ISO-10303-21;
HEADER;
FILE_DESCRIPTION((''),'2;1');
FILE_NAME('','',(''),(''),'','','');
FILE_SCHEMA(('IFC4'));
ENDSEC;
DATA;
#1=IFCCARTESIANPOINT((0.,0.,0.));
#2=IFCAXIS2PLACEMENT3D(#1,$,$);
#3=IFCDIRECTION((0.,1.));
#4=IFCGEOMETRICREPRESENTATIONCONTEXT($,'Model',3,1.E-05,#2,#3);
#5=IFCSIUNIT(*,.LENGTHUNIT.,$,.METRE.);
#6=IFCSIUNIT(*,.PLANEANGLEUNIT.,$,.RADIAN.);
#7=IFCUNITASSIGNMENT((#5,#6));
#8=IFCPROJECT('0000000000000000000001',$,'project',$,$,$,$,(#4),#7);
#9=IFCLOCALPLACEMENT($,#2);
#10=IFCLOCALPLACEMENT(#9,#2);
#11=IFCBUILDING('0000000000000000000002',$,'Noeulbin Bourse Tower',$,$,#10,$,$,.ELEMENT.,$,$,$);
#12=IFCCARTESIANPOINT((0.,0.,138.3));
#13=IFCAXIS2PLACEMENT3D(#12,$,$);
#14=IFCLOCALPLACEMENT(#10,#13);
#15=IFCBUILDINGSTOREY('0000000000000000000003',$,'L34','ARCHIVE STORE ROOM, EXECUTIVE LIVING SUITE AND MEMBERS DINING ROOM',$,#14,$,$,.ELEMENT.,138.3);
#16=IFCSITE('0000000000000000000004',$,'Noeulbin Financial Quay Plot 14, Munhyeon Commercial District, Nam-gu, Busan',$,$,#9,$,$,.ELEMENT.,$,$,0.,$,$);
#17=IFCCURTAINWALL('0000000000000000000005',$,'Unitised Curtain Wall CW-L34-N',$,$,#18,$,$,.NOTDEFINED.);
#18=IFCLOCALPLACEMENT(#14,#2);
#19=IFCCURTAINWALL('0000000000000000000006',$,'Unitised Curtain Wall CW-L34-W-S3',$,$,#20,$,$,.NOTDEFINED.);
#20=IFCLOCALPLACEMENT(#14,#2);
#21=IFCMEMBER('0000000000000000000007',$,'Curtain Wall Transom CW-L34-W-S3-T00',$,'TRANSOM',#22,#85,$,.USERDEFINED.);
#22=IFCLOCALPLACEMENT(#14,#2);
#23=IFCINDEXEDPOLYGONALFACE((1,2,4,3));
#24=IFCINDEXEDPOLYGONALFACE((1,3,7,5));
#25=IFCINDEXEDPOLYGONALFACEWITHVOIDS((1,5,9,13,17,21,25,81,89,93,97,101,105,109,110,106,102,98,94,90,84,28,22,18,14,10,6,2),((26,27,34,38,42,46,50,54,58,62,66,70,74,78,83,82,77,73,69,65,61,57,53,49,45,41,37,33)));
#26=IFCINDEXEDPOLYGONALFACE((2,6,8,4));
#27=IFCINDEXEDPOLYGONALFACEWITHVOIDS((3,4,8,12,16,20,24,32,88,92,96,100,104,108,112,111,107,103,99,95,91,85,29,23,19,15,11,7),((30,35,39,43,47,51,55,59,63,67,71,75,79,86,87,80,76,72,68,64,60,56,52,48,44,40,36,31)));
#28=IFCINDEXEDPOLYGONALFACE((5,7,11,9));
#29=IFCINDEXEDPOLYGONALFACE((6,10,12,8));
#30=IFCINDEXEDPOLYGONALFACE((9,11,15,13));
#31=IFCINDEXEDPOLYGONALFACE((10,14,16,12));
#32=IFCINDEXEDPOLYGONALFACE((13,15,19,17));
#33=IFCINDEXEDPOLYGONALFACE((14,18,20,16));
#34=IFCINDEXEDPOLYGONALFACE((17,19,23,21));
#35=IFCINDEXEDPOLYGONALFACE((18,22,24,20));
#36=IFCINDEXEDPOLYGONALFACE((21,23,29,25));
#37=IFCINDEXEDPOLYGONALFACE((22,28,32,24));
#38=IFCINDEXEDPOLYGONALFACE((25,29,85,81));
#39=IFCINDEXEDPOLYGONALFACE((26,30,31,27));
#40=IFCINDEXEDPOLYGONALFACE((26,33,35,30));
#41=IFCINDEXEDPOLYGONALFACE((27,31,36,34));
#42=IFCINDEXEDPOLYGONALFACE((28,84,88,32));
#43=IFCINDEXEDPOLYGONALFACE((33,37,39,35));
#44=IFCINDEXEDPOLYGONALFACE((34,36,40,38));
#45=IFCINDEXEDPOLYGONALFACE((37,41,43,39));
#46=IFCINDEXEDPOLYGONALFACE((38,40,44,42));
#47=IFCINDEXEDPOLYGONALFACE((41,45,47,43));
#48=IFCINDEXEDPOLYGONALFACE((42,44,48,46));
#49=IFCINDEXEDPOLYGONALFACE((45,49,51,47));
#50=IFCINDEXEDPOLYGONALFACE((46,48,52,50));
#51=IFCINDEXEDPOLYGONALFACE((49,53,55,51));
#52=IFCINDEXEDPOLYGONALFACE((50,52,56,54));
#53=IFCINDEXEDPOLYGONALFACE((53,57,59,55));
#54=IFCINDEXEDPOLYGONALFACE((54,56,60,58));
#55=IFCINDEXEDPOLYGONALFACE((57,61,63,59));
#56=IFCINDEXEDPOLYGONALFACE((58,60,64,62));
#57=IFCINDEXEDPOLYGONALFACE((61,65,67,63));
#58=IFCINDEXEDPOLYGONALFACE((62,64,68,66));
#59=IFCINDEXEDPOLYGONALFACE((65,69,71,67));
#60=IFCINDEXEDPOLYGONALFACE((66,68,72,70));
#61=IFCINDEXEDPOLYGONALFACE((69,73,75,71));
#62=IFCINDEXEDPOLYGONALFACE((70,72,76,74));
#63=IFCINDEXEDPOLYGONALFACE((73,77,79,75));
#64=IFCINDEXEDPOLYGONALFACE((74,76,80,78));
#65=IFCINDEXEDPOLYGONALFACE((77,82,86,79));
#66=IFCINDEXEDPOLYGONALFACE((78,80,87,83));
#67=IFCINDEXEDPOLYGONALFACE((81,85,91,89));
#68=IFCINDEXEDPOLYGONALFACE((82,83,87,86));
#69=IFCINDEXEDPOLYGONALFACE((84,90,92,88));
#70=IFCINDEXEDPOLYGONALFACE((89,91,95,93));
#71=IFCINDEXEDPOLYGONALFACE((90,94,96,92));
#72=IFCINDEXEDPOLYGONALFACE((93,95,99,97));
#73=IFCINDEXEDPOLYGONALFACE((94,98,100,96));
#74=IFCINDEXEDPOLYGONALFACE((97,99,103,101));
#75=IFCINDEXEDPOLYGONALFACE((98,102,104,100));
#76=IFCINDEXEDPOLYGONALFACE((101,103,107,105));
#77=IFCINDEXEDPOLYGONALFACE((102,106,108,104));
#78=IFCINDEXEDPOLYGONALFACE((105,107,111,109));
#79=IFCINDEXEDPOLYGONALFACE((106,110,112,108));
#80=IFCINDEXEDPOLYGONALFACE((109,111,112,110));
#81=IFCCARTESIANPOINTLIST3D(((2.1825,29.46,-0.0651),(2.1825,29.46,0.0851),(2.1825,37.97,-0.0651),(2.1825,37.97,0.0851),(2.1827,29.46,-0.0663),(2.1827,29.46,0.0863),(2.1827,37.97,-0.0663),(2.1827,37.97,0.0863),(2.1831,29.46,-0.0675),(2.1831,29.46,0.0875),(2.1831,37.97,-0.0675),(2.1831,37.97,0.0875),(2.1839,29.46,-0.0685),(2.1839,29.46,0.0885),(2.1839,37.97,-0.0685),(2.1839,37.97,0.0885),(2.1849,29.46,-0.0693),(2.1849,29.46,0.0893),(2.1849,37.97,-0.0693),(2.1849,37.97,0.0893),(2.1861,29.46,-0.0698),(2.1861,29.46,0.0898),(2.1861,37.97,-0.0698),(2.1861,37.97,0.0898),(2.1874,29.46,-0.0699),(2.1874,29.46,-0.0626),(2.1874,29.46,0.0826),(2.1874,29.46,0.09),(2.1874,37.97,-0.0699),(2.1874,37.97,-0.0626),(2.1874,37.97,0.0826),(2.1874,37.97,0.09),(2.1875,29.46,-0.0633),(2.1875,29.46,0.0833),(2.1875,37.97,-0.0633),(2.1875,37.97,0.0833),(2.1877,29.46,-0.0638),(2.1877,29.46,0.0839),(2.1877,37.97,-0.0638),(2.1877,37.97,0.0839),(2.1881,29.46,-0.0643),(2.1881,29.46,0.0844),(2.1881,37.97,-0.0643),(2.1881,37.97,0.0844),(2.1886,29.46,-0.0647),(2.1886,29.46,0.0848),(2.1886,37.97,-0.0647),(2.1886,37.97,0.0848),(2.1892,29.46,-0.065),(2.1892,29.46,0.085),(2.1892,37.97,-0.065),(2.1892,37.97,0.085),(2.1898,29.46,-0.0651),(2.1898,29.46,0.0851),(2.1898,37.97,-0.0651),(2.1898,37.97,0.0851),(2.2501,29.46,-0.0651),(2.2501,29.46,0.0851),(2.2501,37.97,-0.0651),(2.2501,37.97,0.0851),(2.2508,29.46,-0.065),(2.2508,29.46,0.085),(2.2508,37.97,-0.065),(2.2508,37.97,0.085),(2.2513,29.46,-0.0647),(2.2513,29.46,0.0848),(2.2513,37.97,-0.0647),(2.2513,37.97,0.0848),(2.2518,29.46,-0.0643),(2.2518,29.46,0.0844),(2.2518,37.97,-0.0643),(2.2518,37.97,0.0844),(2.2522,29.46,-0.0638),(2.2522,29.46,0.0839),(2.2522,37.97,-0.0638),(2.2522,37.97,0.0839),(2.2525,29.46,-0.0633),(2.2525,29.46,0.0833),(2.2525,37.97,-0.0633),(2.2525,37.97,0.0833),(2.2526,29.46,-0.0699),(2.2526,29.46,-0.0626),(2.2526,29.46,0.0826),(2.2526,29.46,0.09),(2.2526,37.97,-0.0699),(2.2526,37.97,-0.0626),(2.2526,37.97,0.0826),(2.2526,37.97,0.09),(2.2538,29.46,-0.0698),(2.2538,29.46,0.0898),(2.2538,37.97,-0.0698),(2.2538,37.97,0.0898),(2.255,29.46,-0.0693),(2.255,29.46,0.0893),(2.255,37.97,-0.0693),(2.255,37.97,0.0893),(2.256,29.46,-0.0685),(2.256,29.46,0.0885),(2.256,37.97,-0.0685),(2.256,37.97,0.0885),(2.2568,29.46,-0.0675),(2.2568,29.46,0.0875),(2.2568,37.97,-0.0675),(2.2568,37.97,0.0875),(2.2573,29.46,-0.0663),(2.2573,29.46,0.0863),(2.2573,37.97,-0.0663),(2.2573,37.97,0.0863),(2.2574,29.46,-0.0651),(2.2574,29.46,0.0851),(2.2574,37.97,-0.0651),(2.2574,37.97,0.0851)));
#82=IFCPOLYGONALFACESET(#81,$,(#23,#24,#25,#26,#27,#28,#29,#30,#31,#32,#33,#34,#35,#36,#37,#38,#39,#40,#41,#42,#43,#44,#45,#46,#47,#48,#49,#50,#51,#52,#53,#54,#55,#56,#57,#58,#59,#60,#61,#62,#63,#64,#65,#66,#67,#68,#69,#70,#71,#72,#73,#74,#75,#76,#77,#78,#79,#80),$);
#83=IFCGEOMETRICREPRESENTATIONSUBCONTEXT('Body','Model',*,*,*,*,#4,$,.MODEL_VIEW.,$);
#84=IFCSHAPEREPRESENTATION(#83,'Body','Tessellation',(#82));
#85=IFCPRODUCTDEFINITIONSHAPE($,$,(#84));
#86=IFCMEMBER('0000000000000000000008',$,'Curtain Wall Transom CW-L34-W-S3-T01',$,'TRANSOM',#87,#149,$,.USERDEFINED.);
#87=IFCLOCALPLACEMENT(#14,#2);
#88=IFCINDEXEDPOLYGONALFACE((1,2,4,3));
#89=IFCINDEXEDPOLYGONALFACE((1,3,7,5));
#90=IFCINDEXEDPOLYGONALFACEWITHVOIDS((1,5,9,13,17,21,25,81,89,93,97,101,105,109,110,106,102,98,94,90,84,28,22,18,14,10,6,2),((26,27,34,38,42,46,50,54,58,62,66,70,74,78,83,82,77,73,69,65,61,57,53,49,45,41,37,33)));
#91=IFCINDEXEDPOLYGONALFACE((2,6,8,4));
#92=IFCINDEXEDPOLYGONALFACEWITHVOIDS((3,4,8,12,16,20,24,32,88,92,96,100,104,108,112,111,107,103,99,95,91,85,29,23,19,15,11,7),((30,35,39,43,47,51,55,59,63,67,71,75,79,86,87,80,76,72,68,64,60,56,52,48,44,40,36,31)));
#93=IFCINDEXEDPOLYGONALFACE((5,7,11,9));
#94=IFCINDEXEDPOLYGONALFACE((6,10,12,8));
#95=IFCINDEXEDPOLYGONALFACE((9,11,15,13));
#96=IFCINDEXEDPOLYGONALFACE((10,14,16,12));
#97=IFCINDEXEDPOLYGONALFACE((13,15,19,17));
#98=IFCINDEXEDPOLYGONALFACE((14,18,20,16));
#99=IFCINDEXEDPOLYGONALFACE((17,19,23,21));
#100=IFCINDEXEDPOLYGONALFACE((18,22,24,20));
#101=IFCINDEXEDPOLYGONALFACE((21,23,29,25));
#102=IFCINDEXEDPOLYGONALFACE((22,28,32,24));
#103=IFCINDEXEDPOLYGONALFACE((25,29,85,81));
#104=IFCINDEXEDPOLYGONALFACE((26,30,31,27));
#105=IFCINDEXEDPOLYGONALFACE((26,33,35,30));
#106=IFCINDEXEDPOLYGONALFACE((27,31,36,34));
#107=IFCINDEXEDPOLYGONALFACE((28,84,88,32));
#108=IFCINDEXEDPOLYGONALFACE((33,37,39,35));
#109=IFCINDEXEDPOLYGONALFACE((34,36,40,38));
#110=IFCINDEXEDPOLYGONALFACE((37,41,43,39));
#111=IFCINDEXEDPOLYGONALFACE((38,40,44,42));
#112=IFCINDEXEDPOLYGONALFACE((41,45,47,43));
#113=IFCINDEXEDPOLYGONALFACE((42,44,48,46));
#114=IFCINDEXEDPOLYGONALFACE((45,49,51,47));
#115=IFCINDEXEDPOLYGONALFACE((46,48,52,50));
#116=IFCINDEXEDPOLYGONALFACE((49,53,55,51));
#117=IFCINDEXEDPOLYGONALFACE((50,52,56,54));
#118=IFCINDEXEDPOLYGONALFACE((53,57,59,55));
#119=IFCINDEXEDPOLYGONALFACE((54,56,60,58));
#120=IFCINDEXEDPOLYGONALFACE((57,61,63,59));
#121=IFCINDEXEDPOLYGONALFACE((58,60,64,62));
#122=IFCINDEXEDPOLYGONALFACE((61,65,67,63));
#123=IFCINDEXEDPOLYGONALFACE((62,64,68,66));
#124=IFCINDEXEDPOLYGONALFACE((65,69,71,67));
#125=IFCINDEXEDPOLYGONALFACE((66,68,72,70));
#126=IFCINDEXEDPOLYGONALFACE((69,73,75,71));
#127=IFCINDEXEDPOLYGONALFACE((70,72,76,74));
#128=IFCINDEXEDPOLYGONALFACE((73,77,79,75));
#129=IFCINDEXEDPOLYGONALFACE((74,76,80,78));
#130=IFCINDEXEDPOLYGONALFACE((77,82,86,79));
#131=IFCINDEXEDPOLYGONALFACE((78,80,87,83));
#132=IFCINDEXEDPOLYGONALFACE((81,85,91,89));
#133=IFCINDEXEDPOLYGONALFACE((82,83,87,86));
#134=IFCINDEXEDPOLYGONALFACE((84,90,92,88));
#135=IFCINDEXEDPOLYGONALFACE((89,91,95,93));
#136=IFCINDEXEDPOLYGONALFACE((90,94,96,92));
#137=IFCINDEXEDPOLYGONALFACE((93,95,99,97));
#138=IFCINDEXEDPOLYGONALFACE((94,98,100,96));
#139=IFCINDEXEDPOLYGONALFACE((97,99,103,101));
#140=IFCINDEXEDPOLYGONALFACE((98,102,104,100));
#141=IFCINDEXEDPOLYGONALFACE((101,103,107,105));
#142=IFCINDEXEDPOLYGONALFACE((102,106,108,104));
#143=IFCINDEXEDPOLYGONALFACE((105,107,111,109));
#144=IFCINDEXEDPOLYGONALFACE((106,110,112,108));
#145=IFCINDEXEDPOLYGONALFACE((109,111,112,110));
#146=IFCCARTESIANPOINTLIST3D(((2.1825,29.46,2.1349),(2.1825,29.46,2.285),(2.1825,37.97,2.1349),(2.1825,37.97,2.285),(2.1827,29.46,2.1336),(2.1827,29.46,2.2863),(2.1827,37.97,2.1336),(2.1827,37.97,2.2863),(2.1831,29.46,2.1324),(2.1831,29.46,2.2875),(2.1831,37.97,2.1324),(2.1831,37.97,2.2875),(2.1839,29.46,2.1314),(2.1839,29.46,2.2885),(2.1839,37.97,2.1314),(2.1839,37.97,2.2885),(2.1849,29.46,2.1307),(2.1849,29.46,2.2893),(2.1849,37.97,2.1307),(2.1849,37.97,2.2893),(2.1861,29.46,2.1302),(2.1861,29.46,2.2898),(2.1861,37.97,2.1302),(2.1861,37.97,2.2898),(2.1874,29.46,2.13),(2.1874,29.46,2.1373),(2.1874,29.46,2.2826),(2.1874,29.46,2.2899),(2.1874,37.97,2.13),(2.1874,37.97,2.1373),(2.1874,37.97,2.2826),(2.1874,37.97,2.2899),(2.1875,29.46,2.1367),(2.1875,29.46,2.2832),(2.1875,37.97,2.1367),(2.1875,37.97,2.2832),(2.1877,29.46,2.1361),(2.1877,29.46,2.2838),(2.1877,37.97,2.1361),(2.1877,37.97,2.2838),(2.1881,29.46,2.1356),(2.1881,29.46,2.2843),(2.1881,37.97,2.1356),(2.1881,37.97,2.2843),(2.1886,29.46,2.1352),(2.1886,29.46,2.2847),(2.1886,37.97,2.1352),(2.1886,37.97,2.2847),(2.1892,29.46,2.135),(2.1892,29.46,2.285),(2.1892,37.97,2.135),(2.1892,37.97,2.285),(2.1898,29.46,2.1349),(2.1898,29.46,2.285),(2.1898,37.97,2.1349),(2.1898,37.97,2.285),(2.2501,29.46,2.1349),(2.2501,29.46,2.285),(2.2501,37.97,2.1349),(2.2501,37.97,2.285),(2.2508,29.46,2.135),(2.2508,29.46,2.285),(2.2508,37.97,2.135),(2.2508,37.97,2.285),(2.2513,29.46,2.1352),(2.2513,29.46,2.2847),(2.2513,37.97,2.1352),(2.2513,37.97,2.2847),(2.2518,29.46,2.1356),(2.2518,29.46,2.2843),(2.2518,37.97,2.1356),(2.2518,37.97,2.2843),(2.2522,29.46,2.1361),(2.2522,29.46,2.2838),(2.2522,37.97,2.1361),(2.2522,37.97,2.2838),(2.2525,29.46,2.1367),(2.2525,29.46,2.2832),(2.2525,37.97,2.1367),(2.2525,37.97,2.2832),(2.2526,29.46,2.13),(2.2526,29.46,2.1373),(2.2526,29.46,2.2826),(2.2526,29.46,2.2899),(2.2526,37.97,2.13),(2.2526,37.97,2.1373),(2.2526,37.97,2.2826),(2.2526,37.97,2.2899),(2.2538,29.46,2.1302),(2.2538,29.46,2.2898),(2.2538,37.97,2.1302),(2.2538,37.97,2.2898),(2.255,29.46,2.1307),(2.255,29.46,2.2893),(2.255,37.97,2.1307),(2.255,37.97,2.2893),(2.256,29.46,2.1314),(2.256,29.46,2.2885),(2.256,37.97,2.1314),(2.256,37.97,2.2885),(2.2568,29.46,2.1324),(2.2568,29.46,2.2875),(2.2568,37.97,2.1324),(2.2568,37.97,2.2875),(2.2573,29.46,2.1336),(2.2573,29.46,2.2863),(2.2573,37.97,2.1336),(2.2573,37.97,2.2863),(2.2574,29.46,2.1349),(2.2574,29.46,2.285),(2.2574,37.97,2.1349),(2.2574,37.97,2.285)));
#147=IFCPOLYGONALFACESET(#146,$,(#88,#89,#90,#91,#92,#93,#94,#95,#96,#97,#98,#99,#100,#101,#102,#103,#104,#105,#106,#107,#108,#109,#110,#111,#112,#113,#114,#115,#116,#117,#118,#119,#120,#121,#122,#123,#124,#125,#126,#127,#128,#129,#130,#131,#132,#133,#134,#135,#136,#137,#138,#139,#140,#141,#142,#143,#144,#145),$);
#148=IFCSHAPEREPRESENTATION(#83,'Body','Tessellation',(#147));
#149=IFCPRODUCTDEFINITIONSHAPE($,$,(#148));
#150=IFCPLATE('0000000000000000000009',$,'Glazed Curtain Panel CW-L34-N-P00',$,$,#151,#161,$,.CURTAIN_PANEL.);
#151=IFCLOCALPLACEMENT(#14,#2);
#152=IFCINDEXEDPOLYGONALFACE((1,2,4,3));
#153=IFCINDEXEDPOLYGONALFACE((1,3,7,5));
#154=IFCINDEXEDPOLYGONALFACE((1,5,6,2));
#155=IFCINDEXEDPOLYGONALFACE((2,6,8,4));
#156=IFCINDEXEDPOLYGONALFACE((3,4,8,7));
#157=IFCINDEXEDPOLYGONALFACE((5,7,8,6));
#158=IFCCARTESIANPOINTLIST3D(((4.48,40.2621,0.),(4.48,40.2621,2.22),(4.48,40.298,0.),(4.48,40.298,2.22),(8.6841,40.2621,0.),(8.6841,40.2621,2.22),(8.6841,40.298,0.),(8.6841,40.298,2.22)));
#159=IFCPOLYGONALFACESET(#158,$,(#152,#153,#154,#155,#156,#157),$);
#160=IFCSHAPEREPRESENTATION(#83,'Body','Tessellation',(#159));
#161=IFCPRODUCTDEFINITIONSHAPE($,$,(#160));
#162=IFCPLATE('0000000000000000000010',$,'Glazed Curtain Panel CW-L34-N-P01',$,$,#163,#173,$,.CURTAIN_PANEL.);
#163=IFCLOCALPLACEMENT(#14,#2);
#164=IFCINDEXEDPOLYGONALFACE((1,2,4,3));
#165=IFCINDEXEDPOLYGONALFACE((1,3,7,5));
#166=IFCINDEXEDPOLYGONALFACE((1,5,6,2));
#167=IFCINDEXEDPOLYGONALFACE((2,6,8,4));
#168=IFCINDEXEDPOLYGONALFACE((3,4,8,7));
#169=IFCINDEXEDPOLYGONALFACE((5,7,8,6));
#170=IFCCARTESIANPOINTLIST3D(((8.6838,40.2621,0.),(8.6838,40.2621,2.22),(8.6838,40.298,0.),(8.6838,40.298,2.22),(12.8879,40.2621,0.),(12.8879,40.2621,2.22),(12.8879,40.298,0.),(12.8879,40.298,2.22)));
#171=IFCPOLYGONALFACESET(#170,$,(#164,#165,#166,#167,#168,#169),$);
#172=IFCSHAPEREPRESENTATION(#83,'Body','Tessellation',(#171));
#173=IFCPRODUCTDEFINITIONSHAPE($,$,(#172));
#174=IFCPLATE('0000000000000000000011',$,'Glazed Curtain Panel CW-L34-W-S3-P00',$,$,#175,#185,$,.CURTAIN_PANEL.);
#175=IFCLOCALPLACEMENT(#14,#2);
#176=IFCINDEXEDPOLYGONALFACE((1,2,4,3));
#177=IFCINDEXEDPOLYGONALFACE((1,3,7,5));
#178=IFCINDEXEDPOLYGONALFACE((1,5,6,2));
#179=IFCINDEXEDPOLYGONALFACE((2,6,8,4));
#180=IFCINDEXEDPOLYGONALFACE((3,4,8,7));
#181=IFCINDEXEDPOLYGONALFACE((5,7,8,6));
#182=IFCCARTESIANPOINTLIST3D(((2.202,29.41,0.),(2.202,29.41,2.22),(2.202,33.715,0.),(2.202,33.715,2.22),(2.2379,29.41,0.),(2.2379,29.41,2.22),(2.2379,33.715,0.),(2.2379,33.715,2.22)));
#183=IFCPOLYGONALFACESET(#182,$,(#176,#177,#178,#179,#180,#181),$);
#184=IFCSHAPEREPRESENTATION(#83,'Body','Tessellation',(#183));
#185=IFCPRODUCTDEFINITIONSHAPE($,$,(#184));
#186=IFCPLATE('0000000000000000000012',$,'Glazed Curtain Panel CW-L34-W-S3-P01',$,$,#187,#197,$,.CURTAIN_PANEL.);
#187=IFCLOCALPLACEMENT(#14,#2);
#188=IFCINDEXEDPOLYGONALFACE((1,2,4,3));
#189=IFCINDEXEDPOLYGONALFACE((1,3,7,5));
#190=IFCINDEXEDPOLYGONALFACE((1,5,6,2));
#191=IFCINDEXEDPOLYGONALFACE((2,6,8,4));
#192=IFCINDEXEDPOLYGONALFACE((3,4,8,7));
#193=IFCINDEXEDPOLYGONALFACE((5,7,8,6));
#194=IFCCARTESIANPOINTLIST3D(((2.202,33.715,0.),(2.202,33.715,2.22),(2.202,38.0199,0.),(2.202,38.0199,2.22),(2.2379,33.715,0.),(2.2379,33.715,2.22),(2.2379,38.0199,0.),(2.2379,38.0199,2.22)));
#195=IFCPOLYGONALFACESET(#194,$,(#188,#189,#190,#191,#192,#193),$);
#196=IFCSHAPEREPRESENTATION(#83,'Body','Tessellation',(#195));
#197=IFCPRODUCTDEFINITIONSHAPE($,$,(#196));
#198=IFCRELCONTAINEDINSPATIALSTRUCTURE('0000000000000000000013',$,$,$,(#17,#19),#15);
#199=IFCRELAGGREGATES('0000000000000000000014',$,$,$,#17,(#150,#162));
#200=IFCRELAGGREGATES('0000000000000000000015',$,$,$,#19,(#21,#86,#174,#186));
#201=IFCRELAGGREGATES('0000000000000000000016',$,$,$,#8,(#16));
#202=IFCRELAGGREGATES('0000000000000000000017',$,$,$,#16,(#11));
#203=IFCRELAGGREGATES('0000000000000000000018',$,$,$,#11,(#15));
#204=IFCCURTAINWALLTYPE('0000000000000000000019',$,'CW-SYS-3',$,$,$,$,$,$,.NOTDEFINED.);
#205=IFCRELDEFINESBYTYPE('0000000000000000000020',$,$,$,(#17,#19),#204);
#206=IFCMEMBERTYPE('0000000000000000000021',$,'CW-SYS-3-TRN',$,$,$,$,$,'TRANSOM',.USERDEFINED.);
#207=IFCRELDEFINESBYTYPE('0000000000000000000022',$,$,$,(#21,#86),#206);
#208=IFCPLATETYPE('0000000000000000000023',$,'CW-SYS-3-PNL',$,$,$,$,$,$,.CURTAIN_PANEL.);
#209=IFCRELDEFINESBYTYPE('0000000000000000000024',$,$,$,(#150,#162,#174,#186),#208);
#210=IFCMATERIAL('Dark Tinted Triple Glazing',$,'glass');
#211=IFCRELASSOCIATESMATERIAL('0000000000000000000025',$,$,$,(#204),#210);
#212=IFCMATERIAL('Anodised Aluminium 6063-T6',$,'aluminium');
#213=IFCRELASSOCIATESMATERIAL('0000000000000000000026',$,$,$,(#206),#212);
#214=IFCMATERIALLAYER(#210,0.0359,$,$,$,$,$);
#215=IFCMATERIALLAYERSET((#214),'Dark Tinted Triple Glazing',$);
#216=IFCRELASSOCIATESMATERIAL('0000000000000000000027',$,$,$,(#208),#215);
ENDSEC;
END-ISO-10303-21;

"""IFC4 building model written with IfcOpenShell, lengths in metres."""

from ifc_helpers import new_model, si_unit, direction, frame, origin, origin_2d, place, context, subcontext, project, spatial, rectangle, hollow_rectangle, extrude, material, layer, layer_set, material_profile, profile_set, type_object, element, aggregate, save


model = new_model("IFC4")

# Units and contexts
model_context = context("Model", 3, precision=1e-05, world=origin(), true_north=direction((0.0, 1.0)))
body_context = subcontext(model_context, "Body", "Model", "MODEL_VIEW")
ifc_project = project(units=[si_unit("LENGTHUNIT", "METRE"), si_unit("PLANEANGLEUNIT", "RADIAN")], contexts=[model_context])

# Site, building, storey
site_placement = place(None, origin())
site = spatial("IfcSite", under=ifc_project, at=site_placement, Name="Noeulbin Financial Quay Plot 14, Munhyeon Commercial District, Nam-gu, Busan", CompositionType="ELEMENT", RefElevation=0.0)
building_placement = place(site_placement, origin())
building = spatial("IfcBuilding", under=site, at=building_placement, Name="Noeulbin Bourse Tower", CompositionType="ELEMENT")
storey_placement = place(building_placement, frame((0.0, 0.0, 138.3)))
storey = spatial("IfcBuildingStorey", under=building, at=storey_placement, Name="L34", Description="ARCHIVE STORE ROOM, EXECUTIVE LIVING SUITE AND MEMBERS DINING ROOM", CompositionType="ELEMENT", Elevation=138.3)

# Curtain walls
ifc_material_1 = material(Name="Dark Tinted Triple Glazing", Category="glass")
curtain_wall_type = type_object("IfcCurtainWallType", Name="CW-SYS-3", PredefinedType="NOTDEFINED", material=ifc_material_1)
curtain_wall_1_placement = place(storey_placement, origin())
curtain_wall_1 = element("IfcCurtainWall", 1, at=curtain_wall_1_placement, inside=storey, type_object=curtain_wall_type, Name="Unitised Curtain Wall CW-L34-N", PredefinedType="NOTDEFINED")
ifc_material_2 = material(Name="Anodised Aluminium 6063-T6", Category="aluminium")
curtain_wall_2_placement = place(storey_placement, origin())
curtain_wall_2 = element("IfcCurtainWall", 2, at=curtain_wall_2_placement, inside=storey, type_object=curtain_wall_type, Name="Unitised Curtain Wall CW-L34-W-S3", PredefinedType="NOTDEFINED")

# Members
ifc_material_profile_1 = material_profile(ifc_material_2, hollow_rectangle(XDim=0.075, YDim=0.1599, WallThickness=0.0049, InnerFilletRadius=0.0024, OuterFilletRadius=0.0049, at=origin_2d()), Name="ALU-TRAN-75x160x5", Category="LoadBearing")
ifc_profile_set_1 = profile_set([ifc_material_profile_1], Name="Anodised Aluminium 6063-T6")
member_type_1 = type_object("IfcMemberType", Name="CW-SYS-3-TRN", ElementType="TRANSOM", PredefinedType="USERDEFINED", material=ifc_profile_set_1)
member_1_placement = place(storey_placement, frame((2.22, 29.46, 0.01), z_axis=(0.0, 1.0, 0.0), x_axis=(-1.0, 0.0, 0.0)))
member_1 = element("IfcMember", 3, at=member_1_placement, type_object=member_type_1, Name="Curtain Wall Transom CW-L34-W-S3-T00", ObjectType="TRANSOM", PredefinedType="USERDEFINED", context=body_context, shape_type="SweptSolid", body=[
    extrude(hollow_rectangle(XDim=0.075, YDim=0.1599, WallThickness=0.0049, InnerFilletRadius=0.0024, OuterFilletRadius=0.0049, at=origin_2d()), origin(), (0.0, 0.0, 1.0), 8.51),
])
member_2_placement = place(storey_placement, frame((2.22, 29.46, 2.21), z_axis=(0.0, 1.0, 0.0), x_axis=(-1.0, 0.0, 0.0)))
member_2 = element("IfcMember", 4, at=member_2_placement, type_object=member_type_1, Name="Curtain Wall Transom CW-L34-W-S3-T01", ObjectType="TRANSOM", PredefinedType="USERDEFINED", context=body_context, shape_type="SweptSolid", body=[
    extrude(hollow_rectangle(XDim=0.075, YDim=0.1599, WallThickness=0.0049, InnerFilletRadius=0.0024, OuterFilletRadius=0.0049, at=origin_2d()), origin(), (0.0, 0.0, 1.0), 8.51),
])

# Plates
ifc_layer_1 = layer(ifc_material_1, 0.0359)
ifc_layer_set_1 = layer_set([ifc_layer_1], Name="Dark Tinted Triple Glazing")
plate_type_1 = type_object("IfcPlateType", Name="CW-SYS-3-PNL", PredefinedType="CURTAIN_PANEL", material=ifc_layer_set_1)
plate_1_placement = place(storey_placement, frame((6.582, 40.28, 0.0), z_axis=(0.0, 0.0, 1.0), x_axis=(1.0, 0.0, 0.0)))
plate_1 = element("IfcPlate", 5, at=plate_1_placement, type_object=plate_type_1, Name="Glazed Curtain Panel CW-L34-N-P00", PredefinedType="CURTAIN_PANEL", context=body_context, shape_type="SweptSolid", body=[
    extrude(rectangle(XDim=4.2041, YDim=0.0359, at=origin_2d()), origin(), (0.0, 0.0, 1.0), 2.22),
])
plate_2_placement = place(storey_placement, frame((10.7859, 40.28, 0.0), z_axis=(0.0, 0.0, 1.0), x_axis=(1.0, 0.0, 0.0)))
plate_2 = element("IfcPlate", 6, at=plate_2_placement, type_object=plate_type_1, Name="Glazed Curtain Panel CW-L34-N-P01", PredefinedType="CURTAIN_PANEL", context=body_context, shape_type="SweptSolid", body=[
    extrude(rectangle(XDim=4.2041, YDim=0.0359, at=origin_2d()), origin(), (0.0, 0.0, 1.0), 2.22),
])
aggregate(curtain_wall_1, [plate_1, plate_2])
plate_3_placement = place(storey_placement, frame((2.22, 31.5625, 0.0), z_axis=(0.0, 0.0, 1.0), x_axis=(0.0, 1.0, 0.0)))
plate_3 = element("IfcPlate", 7, at=plate_3_placement, type_object=plate_type_1, Name="Glazed Curtain Panel CW-L34-W-S3-P00", PredefinedType="CURTAIN_PANEL", context=body_context, shape_type="SweptSolid", body=[
    extrude(rectangle(XDim=4.3049, YDim=0.0359, at=origin_2d()), origin(), (0.0, 0.0, 1.0), 2.22),
])
plate_4_placement = place(storey_placement, frame((2.22, 35.8674, 0.0), z_axis=(0.0, 0.0, 1.0), x_axis=(0.0, 1.0, 0.0)))
plate_4 = element("IfcPlate", 8, at=plate_4_placement, type_object=plate_type_1, Name="Glazed Curtain Panel CW-L34-W-S3-P01", PredefinedType="CURTAIN_PANEL", context=body_context, shape_type="SweptSolid", body=[
    extrude(rectangle(XDim=4.3049, YDim=0.0359, at=origin_2d()), origin(), (0.0, 0.0, 1.0), 2.22),
])
aggregate(curtain_wall_2, [member_1, member_2, plate_3, plate_4])

save(model, "model.ifc")
